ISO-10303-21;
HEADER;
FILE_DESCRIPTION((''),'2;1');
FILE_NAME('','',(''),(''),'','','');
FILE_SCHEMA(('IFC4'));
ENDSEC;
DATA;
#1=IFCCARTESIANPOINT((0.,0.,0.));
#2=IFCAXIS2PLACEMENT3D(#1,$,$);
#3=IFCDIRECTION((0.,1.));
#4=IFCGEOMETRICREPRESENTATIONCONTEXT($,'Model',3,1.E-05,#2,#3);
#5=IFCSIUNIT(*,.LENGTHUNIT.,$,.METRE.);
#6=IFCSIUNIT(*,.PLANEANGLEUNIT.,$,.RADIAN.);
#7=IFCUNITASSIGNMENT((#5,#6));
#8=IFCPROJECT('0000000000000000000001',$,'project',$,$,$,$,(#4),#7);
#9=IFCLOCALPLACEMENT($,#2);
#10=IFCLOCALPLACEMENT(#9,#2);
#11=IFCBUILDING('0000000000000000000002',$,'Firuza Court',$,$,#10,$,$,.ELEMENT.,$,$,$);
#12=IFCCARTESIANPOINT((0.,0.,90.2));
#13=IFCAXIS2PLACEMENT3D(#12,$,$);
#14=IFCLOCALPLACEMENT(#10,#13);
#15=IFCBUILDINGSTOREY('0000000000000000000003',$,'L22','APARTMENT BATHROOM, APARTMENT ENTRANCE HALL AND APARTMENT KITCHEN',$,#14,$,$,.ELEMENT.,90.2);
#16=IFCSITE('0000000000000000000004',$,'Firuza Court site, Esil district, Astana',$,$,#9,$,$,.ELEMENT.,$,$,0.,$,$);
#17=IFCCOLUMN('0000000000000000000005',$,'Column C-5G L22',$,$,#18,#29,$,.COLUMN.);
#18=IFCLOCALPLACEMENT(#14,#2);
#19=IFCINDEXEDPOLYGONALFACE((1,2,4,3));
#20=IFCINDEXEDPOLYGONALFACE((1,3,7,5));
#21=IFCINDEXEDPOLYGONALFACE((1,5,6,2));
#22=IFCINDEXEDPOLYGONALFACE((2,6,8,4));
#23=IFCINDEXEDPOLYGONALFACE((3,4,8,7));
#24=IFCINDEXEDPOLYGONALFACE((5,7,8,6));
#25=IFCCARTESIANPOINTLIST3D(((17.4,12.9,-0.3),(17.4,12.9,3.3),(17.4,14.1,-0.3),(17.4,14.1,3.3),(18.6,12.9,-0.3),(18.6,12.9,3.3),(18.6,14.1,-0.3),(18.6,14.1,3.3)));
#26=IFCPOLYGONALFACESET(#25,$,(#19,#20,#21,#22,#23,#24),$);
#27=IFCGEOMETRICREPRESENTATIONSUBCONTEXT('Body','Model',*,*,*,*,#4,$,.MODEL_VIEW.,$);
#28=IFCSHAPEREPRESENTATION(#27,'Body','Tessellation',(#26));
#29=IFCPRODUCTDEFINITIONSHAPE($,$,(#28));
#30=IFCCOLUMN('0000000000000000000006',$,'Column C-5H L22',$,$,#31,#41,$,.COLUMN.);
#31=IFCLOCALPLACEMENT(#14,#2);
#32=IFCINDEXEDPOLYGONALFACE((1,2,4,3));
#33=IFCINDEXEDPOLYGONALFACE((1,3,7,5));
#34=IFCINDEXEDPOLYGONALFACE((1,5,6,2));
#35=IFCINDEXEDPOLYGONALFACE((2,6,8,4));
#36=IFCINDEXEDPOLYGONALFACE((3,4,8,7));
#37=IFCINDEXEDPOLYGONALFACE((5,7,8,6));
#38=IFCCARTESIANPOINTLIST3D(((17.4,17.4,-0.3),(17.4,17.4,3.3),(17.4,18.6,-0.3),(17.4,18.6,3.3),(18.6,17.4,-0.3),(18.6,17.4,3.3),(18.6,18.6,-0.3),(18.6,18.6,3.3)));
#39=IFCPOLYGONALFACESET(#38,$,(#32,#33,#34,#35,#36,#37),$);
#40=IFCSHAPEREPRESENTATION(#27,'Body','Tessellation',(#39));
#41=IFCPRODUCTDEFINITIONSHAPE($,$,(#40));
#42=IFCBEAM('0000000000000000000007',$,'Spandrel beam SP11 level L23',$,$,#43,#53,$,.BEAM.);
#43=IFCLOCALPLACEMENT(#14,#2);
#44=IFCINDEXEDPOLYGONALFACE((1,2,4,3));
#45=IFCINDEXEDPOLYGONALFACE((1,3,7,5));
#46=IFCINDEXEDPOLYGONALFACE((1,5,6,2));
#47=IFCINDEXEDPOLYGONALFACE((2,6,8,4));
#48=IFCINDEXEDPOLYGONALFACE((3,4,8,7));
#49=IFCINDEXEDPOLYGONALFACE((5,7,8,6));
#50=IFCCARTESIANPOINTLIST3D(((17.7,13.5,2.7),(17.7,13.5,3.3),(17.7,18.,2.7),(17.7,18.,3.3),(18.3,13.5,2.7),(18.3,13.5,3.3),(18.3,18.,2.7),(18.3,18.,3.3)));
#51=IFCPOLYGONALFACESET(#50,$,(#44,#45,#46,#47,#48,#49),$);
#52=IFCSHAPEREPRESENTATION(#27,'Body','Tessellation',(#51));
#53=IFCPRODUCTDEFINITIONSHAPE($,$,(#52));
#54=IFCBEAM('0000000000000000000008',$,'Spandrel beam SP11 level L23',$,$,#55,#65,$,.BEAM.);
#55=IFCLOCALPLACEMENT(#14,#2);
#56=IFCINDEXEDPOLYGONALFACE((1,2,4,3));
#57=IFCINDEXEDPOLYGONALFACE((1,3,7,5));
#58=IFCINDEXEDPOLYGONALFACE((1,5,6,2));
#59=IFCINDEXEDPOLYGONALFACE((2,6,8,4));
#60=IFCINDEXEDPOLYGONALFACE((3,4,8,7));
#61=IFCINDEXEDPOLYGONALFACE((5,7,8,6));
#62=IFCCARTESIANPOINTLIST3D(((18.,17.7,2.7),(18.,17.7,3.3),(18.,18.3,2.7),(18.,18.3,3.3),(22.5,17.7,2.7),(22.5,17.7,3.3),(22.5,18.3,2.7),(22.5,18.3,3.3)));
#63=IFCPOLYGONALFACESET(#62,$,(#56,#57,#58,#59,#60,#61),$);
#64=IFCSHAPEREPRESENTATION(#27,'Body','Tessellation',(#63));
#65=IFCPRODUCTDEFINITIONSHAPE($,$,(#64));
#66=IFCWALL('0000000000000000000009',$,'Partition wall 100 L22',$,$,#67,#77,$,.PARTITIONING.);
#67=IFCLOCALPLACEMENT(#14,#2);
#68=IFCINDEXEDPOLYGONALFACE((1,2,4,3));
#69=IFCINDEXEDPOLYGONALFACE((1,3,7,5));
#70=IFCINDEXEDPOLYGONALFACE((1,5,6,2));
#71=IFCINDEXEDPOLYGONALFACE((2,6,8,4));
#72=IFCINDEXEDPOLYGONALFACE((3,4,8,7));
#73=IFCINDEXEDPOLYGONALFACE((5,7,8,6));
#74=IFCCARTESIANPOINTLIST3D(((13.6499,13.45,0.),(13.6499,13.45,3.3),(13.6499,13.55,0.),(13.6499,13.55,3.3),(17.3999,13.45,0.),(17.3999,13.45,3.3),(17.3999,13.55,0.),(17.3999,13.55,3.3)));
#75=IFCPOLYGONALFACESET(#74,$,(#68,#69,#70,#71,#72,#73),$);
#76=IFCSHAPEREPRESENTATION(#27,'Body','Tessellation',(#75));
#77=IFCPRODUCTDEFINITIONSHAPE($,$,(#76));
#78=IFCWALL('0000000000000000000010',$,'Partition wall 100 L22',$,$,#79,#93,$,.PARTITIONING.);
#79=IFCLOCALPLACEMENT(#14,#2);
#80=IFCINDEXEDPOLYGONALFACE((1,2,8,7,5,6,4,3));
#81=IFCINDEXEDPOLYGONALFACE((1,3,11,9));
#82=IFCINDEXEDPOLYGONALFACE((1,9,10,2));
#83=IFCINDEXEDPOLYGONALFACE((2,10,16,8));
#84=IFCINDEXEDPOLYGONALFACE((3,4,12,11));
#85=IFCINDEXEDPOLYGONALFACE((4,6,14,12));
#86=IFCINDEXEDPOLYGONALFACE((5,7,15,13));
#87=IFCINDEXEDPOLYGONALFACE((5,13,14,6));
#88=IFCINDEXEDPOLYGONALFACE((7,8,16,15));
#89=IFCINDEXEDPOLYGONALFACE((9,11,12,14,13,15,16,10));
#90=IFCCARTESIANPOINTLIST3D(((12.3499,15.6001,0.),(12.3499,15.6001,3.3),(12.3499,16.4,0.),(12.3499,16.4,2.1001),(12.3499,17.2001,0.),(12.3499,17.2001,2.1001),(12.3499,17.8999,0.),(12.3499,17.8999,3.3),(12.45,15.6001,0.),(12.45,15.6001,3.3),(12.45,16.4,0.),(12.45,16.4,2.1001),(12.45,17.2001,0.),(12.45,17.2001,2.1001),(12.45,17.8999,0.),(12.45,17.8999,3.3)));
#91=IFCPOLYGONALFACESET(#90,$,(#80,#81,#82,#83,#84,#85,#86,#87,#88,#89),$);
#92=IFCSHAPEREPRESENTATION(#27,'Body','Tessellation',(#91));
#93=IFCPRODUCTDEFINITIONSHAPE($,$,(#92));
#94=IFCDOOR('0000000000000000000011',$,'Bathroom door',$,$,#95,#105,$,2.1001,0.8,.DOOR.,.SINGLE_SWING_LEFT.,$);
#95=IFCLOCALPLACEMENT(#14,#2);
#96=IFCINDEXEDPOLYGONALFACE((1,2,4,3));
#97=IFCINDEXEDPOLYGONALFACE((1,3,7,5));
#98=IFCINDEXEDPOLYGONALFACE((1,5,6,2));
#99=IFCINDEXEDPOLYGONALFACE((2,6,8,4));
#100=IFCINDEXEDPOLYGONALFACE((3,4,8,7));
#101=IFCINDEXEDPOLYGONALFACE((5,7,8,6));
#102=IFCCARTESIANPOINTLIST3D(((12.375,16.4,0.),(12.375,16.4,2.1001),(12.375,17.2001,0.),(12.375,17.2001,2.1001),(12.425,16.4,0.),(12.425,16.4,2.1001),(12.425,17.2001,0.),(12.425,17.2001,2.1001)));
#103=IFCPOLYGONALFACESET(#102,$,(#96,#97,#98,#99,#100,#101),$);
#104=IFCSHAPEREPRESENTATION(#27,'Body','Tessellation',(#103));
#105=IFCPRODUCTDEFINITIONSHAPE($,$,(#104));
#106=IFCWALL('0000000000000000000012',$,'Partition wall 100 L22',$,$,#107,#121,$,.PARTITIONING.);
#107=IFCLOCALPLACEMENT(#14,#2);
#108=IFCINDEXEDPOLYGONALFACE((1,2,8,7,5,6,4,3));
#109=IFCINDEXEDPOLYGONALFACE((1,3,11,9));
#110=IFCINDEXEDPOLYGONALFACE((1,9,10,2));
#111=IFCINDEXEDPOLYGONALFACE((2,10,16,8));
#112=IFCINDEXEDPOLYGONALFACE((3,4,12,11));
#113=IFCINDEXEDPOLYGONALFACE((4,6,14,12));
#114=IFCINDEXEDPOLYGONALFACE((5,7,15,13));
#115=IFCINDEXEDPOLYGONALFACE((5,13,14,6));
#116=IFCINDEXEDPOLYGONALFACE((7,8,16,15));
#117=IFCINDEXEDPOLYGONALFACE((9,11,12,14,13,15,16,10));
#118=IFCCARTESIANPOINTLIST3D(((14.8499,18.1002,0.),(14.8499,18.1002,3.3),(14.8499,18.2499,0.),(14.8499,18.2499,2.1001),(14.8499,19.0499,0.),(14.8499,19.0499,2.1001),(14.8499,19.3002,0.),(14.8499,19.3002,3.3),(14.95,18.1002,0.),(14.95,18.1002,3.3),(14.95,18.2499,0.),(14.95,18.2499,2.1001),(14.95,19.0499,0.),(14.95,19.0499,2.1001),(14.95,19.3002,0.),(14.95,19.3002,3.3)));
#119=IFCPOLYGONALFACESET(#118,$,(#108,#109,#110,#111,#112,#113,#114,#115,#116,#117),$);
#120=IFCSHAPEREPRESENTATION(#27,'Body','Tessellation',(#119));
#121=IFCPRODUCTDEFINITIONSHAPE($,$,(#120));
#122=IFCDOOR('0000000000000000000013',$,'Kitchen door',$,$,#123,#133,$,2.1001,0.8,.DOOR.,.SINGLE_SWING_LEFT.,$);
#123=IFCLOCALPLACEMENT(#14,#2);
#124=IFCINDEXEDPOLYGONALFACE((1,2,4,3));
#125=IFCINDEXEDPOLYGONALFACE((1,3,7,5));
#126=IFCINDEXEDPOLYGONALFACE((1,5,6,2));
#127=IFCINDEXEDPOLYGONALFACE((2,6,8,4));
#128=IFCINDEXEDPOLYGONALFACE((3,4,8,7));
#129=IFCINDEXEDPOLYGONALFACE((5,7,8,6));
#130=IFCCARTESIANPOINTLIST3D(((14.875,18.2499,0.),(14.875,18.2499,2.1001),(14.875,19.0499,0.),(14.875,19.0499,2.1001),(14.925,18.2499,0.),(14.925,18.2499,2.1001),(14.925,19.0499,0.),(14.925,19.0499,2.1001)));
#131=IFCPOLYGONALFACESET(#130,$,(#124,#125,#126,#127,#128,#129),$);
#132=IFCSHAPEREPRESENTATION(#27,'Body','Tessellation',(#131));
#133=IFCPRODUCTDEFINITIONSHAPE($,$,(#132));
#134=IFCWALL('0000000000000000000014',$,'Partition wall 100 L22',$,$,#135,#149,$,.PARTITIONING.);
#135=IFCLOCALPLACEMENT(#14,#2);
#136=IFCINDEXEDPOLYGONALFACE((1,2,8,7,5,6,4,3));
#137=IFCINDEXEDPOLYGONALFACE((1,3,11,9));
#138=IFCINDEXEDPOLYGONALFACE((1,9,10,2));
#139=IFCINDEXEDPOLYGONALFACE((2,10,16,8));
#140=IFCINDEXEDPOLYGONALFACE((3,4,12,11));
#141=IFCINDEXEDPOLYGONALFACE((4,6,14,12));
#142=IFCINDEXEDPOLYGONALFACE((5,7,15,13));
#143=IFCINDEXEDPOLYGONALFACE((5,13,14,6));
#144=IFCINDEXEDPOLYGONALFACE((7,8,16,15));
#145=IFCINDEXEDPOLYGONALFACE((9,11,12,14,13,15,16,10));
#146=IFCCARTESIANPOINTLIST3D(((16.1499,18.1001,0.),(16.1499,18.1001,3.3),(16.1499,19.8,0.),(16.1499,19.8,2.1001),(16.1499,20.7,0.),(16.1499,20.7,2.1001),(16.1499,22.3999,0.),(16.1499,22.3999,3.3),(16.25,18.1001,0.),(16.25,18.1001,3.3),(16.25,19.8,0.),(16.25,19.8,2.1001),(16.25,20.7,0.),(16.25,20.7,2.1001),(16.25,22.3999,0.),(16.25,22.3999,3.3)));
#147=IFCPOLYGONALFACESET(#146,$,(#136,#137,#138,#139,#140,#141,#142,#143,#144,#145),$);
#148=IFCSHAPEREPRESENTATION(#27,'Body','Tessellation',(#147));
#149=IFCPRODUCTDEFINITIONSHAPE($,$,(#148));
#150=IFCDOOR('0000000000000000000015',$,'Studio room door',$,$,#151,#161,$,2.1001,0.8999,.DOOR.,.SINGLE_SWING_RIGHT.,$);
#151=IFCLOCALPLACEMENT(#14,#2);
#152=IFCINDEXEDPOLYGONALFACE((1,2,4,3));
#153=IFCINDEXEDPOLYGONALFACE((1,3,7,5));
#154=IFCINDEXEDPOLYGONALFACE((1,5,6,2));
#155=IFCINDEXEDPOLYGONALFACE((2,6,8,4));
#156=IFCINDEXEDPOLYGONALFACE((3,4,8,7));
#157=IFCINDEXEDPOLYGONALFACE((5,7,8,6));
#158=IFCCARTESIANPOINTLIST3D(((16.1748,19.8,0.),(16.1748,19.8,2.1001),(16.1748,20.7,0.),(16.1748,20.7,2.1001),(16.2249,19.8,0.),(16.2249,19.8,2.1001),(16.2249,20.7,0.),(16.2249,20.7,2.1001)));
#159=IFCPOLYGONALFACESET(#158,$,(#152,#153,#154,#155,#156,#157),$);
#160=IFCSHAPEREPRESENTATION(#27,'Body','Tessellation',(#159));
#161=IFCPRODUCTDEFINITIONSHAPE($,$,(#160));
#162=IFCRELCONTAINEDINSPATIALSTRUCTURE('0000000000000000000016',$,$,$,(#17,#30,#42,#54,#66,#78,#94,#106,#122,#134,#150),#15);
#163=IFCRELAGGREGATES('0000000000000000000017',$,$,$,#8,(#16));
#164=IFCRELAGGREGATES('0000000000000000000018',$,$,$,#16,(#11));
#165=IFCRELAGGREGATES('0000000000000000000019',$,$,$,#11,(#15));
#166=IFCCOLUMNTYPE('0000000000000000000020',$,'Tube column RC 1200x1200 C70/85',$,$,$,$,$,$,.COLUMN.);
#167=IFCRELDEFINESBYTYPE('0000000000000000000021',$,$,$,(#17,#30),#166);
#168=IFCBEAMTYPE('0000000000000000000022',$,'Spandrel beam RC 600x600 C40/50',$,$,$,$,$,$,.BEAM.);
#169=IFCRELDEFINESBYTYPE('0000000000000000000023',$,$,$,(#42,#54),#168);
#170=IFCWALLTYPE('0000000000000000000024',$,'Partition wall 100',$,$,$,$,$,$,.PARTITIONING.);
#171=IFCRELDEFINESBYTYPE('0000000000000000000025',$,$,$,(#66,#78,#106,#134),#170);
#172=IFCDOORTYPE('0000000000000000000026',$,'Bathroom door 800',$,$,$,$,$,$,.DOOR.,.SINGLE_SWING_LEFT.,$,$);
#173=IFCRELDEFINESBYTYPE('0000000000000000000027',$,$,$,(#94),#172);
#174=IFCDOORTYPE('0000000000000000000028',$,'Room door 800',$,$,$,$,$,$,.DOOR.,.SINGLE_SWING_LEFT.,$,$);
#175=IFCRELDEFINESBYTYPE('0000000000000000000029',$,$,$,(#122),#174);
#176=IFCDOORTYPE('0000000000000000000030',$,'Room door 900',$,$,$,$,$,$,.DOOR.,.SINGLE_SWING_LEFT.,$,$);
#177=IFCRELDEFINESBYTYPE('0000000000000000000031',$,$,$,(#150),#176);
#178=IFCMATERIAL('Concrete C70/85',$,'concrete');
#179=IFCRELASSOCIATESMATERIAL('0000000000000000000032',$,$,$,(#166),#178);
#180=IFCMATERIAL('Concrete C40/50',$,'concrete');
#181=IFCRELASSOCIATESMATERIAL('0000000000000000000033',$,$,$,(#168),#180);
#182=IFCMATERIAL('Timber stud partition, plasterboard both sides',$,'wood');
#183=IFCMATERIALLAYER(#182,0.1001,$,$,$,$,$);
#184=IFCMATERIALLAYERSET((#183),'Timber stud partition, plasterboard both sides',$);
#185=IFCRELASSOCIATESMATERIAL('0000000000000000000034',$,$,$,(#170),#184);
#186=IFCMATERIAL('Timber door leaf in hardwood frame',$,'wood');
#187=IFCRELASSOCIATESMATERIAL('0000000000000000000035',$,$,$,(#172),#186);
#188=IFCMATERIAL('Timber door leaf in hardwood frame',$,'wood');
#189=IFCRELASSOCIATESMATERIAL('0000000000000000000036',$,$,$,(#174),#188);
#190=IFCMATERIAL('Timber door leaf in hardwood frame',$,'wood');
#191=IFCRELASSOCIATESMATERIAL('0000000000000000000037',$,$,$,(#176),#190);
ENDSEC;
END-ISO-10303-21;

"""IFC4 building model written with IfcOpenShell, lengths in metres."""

from ifc_helpers import new_model, si_unit, direction, frame, frame_2d, origin, origin_2d, place, context, subcontext, project, spatial, rectangle, extrude, material, layer, layer_set, material_profile, profile_set, type_object, element, fill, save


model = new_model("IFC4")

# Units and contexts
model_context = context("Model", 3, precision=1e-05, world=origin(), true_north=direction((0.0, 1.0)))
body_context = subcontext(model_context, "Body", "Model", "MODEL_VIEW")
ifc_project = project(units=[si_unit("LENGTHUNIT", "METRE"), si_unit("PLANEANGLEUNIT", "RADIAN")], contexts=[model_context])

# Site, building, storey
site_placement = place(None, origin())
site = spatial("IfcSite", under=ifc_project, at=site_placement, Name="Firuza Court site, Esil district, Astana", CompositionType="ELEMENT", RefElevation=0.0)
building_placement = place(site_placement, origin())
building = spatial("IfcBuilding", under=site, at=building_placement, Name="Firuza Court", CompositionType="ELEMENT")
storey_placement = place(building_placement, frame((0.0, 0.0, 90.2)))
storey = spatial("IfcBuildingStorey", under=building, at=storey_placement, Name="L22", Description="APARTMENT BATHROOM, APARTMENT ENTRANCE HALL AND APARTMENT KITCHEN", CompositionType="ELEMENT", Elevation=90.2)

# Columns
ifc_material_1 = material(Name="Concrete C70/85", Category="concrete")
ifc_material_profile_1 = material_profile(ifc_material_1, rectangle(XDim=1.2, YDim=1.2, at=origin_2d()), Name="RC 1200x1200")
ifc_profile_set_1 = profile_set([ifc_material_profile_1], Name="Concrete C70/85")
column_type = type_object("IfcColumnType", Name="Tube column RC 1200x1200 C70/85", PredefinedType="COLUMN", material=ifc_profile_set_1)
for number, where, z_axis, x_axis, name in (
    (1, (18.0, 13.5, -0.3), (0.0, 0.0, 1.0), (1.0, 0.0, 0.0), "Column C-5G L22"),
    (2, (18.0, 18.0, -0.3), (0.0, 0.0, 1.0), (1.0, 0.0, 0.0), "Column C-5H L22"),
):
    element("IfcColumn", number, at=place(storey_placement, frame(where, z_axis=z_axis, x_axis=x_axis)), inside=storey, type_object=column_type, Name=name, PredefinedType="COLUMN", context=body_context, shape_type="SweptSolid", body=[
        extrude(rectangle(XDim=1.2, YDim=1.2, at=origin_2d()), origin(), (0.0, 0.0, 1.0), 3.6001),
    ])

# Beams
ifc_material_2 = material(Name="Concrete C40/50", Category="concrete")
ifc_material_profile_2 = material_profile(ifc_material_2, rectangle(XDim=0.6001, YDim=0.6001, at=origin_2d()), Name="RC 600x600")
ifc_profile_set_2 = profile_set([ifc_material_profile_2], Name="Concrete C40/50")
beam_type = type_object("IfcBeamType", Name="Spandrel beam RC 600x600 C40/50", PredefinedType="BEAM", material=ifc_profile_set_2)
for number, where, z_axis, x_axis, name in (
    (3, (18.0, 13.5, 3.0), (0.0, 1.0, 0.0), (-1.0, 0.0, 0.0), "Spandrel beam SP11 level L23"),
    (4, (18.0, 18.0, 3.0), (1.0, 0.0, 0.0), (0.0, 1.0, 0.0), "Spandrel beam SP11 level L23"),
):
    element("IfcBeam", number, at=place(storey_placement, frame(where, z_axis=z_axis, x_axis=x_axis)), inside=storey, type_object=beam_type, Name=name, PredefinedType="BEAM", context=body_context, shape_type="SweptSolid", body=[
        extrude(rectangle(XDim=0.6001, YDim=0.6001, at=origin_2d()), origin(), (0.0, 0.0, 1.0), 4.5),
    ])

# Wall
ifc_material_3 = material(Name="Timber stud partition, plasterboard both sides", Category="wood")
ifc_layer_1 = layer(ifc_material_3, 0.1001)
ifc_layer_set_1 = layer_set([ifc_layer_1], Name="Timber stud partition, plasterboard both sides")
wall_type_1 = type_object("IfcWallType", Name="Partition wall 100", PredefinedType="PARTITIONING", material=ifc_layer_set_1)
wall_1_placement = place(storey_placement, frame((13.6499, 13.5, 0.0), z_axis=(0.0, 0.0, 1.0), x_axis=(1.0, 0.0, 0.0)))
element("IfcWall", 5, at=wall_1_placement, inside=storey, type_object=wall_type_1, Name="Partition wall 100 L22", PredefinedType="PARTITIONING", context=body_context, shape_type="SweptSolid", body=[
    extrude(rectangle(XDim=3.75, YDim=0.1001, at=frame_2d((1.875, 0.0))), origin(), (0.0, 0.0, 1.0), 3.3),
])

# Walls, openings, doors
wall_2_placement = place(storey_placement, frame((12.3999, 15.6001, 0.0), z_axis=(0.0, 0.0, 1.0), x_axis=(0.0, 1.0, 0.0)))
wall_2 = element("IfcWall", 6, at=wall_2_placement, inside=storey, type_object=wall_type_1, Name="Partition wall 100 L22", PredefinedType="PARTITIONING", context=body_context, shape_type="SweptSolid", body=[
    extrude(rectangle(XDim=2.2998, YDim=0.1001, at=frame_2d((1.1499, 0.0))), origin(), (0.0, 0.0, 1.0), 3.3),
])
opening_1_placement = place(wall_2_placement, frame((0.8, 0.0, 0.0)))
opening_1 = element("IfcOpeningElement", 7, at=opening_1_placement, cuts=wall_2, PredefinedType="OPENING", context=body_context, shape_type="SweptSolid", body=[
    extrude(rectangle(XDim=0.8, YDim=2.1001, at=frame_2d((0.3999, 1.05))), frame((0.0, 0.062, 0.0), z_axis=(0.0, -1.0, 0.0), x_axis=(1.0, 0.0, 0.0)), (0.0, 0.0, 1.0), 0.124),
])
ifc_material_4 = material(Name="Timber door leaf in hardwood frame", Category="wood")
door_type_1 = type_object("IfcDoorType", Name="Bathroom door 800", OperationType="SINGLE_SWING_LEFT", PredefinedType="DOOR", material=ifc_material_4)
door_1_placement = place(opening_1_placement, origin())
door_1 = element("IfcDoor", 8, at=door_1_placement, inside=storey, type_object=door_type_1, Name="Bathroom door", OperationType="SINGLE_SWING_LEFT", OverallHeight=2.1001, OverallWidth=0.8, PredefinedType="DOOR", context=body_context, shape_type="SweptSolid", body=[
    extrude(rectangle(XDim=0.8, YDim=2.1001, at=frame_2d((0.3999, 1.05))), frame((0.0, 0.0249, 0.0), z_axis=(0.0, -1.0, 0.0), x_axis=(1.0, 0.0, 0.0)), (0.0, 0.0, 1.0), 0.05),
])
fill(opening_1, door_1)
wall_3_placement = place(storey_placement, frame((14.8999, 18.1001, 0.0), z_axis=(0.0, 0.0, 1.0), x_axis=(0.0, 1.0, 0.0)))
wall_3 = element("IfcWall", 9, at=wall_3_placement, inside=storey, type_object=wall_type_1, Name="Partition wall 100 L22", PredefinedType="PARTITIONING", context=body_context, shape_type="SweptSolid", body=[
    extrude(rectangle(XDim=1.2, YDim=0.1001, at=frame_2d((0.6001, 0.0))), origin(), (0.0, 0.0, 1.0), 3.3),
])
opening_2_placement = place(wall_3_placement, frame((0.1499, 0.0, 0.0)))
opening_2 = element("IfcOpeningElement", 10, at=opening_2_placement, cuts=wall_3, PredefinedType="OPENING", context=body_context, shape_type="SweptSolid", body=[
    extrude(rectangle(XDim=0.8, YDim=2.1001, at=frame_2d((0.3999, 1.05))), frame((0.0, 0.062, 0.0), z_axis=(0.0, -1.0, 0.0), x_axis=(1.0, 0.0, 0.0)), (0.0, 0.0, 1.0), 0.124),
])
ifc_material_5 = material(Name="Timber door leaf in hardwood frame", Category="wood")
door_type_2 = type_object("IfcDoorType", Name="Room door 800", OperationType="SINGLE_SWING_LEFT", PredefinedType="DOOR", material=ifc_material_5)
door_2_placement = place(opening_2_placement, origin())
door_2 = element("IfcDoor", 11, at=door_2_placement, inside=storey, type_object=door_type_2, Name="Kitchen door", OperationType="SINGLE_SWING_LEFT", OverallHeight=2.1001, OverallWidth=0.8, PredefinedType="DOOR", context=body_context, shape_type="SweptSolid", body=[
    extrude(rectangle(XDim=0.8, YDim=2.1001, at=frame_2d((0.3999, 1.05))), frame((0.0, 0.0249, 0.0), z_axis=(0.0, -1.0, 0.0), x_axis=(1.0, 0.0, 0.0)), (0.0, 0.0, 1.0), 0.05),
])
fill(opening_2, door_2)
wall_4_placement = place(storey_placement, frame((16.2, 18.1001, 0.0), z_axis=(0.0, 0.0, 1.0), x_axis=(0.0, 1.0, 0.0)))
wall_4 = element("IfcWall", 12, at=wall_4_placement, inside=storey, type_object=wall_type_1, Name="Partition wall 100 L22", PredefinedType="PARTITIONING", context=body_context, shape_type="SweptSolid", body=[
    extrude(rectangle(XDim=4.2998, YDim=0.1001, at=frame_2d((2.1499, 0.0))), origin(), (0.0, 0.0, 1.0), 3.3),
])
opening_3_placement = place(wall_4_placement, frame((1.7, 0.0, 0.0)))
opening_3 = element("IfcOpeningElement", 13, at=opening_3_placement, cuts=wall_4, PredefinedType="OPENING", context=body_context, shape_type="SweptSolid", body=[
    extrude(rectangle(XDim=0.8999, YDim=2.1001, at=frame_2d((0.45, 1.05))), frame((0.0, 0.062, 0.0), z_axis=(0.0, -1.0, 0.0), x_axis=(1.0, 0.0, 0.0)), (0.0, 0.0, 1.0), 0.124),
])
ifc_material_6 = material(Name="Timber door leaf in hardwood frame", Category="wood")
door_type_3 = type_object("IfcDoorType", Name="Room door 900", OperationType="SINGLE_SWING_LEFT", PredefinedType="DOOR", material=ifc_material_6)
door_3_placement = place(opening_3_placement, frame((0.8999, 0.0, 0.0), z_axis=(0.0, 0.0, 1.0), x_axis=(-1.0, 0.0, 0.0)))
door_3 = element("IfcDoor", 14, at=door_3_placement, inside=storey, type_object=door_type_3, Name="Studio room door", OperationType="SINGLE_SWING_RIGHT", OverallHeight=2.1001, OverallWidth=0.8999, PredefinedType="DOOR", context=body_context, shape_type="SweptSolid", body=[
    extrude(rectangle(XDim=0.8999, YDim=2.1001, at=frame_2d((0.45, 1.05))), frame((0.0, 0.0249, 0.0), z_axis=(0.0, -1.0, 0.0), x_axis=(1.0, 0.0, 0.0)), (0.0, 0.0, 1.0), 0.05),
])
fill(opening_3, door_3)

save(model, "model.ifc")
